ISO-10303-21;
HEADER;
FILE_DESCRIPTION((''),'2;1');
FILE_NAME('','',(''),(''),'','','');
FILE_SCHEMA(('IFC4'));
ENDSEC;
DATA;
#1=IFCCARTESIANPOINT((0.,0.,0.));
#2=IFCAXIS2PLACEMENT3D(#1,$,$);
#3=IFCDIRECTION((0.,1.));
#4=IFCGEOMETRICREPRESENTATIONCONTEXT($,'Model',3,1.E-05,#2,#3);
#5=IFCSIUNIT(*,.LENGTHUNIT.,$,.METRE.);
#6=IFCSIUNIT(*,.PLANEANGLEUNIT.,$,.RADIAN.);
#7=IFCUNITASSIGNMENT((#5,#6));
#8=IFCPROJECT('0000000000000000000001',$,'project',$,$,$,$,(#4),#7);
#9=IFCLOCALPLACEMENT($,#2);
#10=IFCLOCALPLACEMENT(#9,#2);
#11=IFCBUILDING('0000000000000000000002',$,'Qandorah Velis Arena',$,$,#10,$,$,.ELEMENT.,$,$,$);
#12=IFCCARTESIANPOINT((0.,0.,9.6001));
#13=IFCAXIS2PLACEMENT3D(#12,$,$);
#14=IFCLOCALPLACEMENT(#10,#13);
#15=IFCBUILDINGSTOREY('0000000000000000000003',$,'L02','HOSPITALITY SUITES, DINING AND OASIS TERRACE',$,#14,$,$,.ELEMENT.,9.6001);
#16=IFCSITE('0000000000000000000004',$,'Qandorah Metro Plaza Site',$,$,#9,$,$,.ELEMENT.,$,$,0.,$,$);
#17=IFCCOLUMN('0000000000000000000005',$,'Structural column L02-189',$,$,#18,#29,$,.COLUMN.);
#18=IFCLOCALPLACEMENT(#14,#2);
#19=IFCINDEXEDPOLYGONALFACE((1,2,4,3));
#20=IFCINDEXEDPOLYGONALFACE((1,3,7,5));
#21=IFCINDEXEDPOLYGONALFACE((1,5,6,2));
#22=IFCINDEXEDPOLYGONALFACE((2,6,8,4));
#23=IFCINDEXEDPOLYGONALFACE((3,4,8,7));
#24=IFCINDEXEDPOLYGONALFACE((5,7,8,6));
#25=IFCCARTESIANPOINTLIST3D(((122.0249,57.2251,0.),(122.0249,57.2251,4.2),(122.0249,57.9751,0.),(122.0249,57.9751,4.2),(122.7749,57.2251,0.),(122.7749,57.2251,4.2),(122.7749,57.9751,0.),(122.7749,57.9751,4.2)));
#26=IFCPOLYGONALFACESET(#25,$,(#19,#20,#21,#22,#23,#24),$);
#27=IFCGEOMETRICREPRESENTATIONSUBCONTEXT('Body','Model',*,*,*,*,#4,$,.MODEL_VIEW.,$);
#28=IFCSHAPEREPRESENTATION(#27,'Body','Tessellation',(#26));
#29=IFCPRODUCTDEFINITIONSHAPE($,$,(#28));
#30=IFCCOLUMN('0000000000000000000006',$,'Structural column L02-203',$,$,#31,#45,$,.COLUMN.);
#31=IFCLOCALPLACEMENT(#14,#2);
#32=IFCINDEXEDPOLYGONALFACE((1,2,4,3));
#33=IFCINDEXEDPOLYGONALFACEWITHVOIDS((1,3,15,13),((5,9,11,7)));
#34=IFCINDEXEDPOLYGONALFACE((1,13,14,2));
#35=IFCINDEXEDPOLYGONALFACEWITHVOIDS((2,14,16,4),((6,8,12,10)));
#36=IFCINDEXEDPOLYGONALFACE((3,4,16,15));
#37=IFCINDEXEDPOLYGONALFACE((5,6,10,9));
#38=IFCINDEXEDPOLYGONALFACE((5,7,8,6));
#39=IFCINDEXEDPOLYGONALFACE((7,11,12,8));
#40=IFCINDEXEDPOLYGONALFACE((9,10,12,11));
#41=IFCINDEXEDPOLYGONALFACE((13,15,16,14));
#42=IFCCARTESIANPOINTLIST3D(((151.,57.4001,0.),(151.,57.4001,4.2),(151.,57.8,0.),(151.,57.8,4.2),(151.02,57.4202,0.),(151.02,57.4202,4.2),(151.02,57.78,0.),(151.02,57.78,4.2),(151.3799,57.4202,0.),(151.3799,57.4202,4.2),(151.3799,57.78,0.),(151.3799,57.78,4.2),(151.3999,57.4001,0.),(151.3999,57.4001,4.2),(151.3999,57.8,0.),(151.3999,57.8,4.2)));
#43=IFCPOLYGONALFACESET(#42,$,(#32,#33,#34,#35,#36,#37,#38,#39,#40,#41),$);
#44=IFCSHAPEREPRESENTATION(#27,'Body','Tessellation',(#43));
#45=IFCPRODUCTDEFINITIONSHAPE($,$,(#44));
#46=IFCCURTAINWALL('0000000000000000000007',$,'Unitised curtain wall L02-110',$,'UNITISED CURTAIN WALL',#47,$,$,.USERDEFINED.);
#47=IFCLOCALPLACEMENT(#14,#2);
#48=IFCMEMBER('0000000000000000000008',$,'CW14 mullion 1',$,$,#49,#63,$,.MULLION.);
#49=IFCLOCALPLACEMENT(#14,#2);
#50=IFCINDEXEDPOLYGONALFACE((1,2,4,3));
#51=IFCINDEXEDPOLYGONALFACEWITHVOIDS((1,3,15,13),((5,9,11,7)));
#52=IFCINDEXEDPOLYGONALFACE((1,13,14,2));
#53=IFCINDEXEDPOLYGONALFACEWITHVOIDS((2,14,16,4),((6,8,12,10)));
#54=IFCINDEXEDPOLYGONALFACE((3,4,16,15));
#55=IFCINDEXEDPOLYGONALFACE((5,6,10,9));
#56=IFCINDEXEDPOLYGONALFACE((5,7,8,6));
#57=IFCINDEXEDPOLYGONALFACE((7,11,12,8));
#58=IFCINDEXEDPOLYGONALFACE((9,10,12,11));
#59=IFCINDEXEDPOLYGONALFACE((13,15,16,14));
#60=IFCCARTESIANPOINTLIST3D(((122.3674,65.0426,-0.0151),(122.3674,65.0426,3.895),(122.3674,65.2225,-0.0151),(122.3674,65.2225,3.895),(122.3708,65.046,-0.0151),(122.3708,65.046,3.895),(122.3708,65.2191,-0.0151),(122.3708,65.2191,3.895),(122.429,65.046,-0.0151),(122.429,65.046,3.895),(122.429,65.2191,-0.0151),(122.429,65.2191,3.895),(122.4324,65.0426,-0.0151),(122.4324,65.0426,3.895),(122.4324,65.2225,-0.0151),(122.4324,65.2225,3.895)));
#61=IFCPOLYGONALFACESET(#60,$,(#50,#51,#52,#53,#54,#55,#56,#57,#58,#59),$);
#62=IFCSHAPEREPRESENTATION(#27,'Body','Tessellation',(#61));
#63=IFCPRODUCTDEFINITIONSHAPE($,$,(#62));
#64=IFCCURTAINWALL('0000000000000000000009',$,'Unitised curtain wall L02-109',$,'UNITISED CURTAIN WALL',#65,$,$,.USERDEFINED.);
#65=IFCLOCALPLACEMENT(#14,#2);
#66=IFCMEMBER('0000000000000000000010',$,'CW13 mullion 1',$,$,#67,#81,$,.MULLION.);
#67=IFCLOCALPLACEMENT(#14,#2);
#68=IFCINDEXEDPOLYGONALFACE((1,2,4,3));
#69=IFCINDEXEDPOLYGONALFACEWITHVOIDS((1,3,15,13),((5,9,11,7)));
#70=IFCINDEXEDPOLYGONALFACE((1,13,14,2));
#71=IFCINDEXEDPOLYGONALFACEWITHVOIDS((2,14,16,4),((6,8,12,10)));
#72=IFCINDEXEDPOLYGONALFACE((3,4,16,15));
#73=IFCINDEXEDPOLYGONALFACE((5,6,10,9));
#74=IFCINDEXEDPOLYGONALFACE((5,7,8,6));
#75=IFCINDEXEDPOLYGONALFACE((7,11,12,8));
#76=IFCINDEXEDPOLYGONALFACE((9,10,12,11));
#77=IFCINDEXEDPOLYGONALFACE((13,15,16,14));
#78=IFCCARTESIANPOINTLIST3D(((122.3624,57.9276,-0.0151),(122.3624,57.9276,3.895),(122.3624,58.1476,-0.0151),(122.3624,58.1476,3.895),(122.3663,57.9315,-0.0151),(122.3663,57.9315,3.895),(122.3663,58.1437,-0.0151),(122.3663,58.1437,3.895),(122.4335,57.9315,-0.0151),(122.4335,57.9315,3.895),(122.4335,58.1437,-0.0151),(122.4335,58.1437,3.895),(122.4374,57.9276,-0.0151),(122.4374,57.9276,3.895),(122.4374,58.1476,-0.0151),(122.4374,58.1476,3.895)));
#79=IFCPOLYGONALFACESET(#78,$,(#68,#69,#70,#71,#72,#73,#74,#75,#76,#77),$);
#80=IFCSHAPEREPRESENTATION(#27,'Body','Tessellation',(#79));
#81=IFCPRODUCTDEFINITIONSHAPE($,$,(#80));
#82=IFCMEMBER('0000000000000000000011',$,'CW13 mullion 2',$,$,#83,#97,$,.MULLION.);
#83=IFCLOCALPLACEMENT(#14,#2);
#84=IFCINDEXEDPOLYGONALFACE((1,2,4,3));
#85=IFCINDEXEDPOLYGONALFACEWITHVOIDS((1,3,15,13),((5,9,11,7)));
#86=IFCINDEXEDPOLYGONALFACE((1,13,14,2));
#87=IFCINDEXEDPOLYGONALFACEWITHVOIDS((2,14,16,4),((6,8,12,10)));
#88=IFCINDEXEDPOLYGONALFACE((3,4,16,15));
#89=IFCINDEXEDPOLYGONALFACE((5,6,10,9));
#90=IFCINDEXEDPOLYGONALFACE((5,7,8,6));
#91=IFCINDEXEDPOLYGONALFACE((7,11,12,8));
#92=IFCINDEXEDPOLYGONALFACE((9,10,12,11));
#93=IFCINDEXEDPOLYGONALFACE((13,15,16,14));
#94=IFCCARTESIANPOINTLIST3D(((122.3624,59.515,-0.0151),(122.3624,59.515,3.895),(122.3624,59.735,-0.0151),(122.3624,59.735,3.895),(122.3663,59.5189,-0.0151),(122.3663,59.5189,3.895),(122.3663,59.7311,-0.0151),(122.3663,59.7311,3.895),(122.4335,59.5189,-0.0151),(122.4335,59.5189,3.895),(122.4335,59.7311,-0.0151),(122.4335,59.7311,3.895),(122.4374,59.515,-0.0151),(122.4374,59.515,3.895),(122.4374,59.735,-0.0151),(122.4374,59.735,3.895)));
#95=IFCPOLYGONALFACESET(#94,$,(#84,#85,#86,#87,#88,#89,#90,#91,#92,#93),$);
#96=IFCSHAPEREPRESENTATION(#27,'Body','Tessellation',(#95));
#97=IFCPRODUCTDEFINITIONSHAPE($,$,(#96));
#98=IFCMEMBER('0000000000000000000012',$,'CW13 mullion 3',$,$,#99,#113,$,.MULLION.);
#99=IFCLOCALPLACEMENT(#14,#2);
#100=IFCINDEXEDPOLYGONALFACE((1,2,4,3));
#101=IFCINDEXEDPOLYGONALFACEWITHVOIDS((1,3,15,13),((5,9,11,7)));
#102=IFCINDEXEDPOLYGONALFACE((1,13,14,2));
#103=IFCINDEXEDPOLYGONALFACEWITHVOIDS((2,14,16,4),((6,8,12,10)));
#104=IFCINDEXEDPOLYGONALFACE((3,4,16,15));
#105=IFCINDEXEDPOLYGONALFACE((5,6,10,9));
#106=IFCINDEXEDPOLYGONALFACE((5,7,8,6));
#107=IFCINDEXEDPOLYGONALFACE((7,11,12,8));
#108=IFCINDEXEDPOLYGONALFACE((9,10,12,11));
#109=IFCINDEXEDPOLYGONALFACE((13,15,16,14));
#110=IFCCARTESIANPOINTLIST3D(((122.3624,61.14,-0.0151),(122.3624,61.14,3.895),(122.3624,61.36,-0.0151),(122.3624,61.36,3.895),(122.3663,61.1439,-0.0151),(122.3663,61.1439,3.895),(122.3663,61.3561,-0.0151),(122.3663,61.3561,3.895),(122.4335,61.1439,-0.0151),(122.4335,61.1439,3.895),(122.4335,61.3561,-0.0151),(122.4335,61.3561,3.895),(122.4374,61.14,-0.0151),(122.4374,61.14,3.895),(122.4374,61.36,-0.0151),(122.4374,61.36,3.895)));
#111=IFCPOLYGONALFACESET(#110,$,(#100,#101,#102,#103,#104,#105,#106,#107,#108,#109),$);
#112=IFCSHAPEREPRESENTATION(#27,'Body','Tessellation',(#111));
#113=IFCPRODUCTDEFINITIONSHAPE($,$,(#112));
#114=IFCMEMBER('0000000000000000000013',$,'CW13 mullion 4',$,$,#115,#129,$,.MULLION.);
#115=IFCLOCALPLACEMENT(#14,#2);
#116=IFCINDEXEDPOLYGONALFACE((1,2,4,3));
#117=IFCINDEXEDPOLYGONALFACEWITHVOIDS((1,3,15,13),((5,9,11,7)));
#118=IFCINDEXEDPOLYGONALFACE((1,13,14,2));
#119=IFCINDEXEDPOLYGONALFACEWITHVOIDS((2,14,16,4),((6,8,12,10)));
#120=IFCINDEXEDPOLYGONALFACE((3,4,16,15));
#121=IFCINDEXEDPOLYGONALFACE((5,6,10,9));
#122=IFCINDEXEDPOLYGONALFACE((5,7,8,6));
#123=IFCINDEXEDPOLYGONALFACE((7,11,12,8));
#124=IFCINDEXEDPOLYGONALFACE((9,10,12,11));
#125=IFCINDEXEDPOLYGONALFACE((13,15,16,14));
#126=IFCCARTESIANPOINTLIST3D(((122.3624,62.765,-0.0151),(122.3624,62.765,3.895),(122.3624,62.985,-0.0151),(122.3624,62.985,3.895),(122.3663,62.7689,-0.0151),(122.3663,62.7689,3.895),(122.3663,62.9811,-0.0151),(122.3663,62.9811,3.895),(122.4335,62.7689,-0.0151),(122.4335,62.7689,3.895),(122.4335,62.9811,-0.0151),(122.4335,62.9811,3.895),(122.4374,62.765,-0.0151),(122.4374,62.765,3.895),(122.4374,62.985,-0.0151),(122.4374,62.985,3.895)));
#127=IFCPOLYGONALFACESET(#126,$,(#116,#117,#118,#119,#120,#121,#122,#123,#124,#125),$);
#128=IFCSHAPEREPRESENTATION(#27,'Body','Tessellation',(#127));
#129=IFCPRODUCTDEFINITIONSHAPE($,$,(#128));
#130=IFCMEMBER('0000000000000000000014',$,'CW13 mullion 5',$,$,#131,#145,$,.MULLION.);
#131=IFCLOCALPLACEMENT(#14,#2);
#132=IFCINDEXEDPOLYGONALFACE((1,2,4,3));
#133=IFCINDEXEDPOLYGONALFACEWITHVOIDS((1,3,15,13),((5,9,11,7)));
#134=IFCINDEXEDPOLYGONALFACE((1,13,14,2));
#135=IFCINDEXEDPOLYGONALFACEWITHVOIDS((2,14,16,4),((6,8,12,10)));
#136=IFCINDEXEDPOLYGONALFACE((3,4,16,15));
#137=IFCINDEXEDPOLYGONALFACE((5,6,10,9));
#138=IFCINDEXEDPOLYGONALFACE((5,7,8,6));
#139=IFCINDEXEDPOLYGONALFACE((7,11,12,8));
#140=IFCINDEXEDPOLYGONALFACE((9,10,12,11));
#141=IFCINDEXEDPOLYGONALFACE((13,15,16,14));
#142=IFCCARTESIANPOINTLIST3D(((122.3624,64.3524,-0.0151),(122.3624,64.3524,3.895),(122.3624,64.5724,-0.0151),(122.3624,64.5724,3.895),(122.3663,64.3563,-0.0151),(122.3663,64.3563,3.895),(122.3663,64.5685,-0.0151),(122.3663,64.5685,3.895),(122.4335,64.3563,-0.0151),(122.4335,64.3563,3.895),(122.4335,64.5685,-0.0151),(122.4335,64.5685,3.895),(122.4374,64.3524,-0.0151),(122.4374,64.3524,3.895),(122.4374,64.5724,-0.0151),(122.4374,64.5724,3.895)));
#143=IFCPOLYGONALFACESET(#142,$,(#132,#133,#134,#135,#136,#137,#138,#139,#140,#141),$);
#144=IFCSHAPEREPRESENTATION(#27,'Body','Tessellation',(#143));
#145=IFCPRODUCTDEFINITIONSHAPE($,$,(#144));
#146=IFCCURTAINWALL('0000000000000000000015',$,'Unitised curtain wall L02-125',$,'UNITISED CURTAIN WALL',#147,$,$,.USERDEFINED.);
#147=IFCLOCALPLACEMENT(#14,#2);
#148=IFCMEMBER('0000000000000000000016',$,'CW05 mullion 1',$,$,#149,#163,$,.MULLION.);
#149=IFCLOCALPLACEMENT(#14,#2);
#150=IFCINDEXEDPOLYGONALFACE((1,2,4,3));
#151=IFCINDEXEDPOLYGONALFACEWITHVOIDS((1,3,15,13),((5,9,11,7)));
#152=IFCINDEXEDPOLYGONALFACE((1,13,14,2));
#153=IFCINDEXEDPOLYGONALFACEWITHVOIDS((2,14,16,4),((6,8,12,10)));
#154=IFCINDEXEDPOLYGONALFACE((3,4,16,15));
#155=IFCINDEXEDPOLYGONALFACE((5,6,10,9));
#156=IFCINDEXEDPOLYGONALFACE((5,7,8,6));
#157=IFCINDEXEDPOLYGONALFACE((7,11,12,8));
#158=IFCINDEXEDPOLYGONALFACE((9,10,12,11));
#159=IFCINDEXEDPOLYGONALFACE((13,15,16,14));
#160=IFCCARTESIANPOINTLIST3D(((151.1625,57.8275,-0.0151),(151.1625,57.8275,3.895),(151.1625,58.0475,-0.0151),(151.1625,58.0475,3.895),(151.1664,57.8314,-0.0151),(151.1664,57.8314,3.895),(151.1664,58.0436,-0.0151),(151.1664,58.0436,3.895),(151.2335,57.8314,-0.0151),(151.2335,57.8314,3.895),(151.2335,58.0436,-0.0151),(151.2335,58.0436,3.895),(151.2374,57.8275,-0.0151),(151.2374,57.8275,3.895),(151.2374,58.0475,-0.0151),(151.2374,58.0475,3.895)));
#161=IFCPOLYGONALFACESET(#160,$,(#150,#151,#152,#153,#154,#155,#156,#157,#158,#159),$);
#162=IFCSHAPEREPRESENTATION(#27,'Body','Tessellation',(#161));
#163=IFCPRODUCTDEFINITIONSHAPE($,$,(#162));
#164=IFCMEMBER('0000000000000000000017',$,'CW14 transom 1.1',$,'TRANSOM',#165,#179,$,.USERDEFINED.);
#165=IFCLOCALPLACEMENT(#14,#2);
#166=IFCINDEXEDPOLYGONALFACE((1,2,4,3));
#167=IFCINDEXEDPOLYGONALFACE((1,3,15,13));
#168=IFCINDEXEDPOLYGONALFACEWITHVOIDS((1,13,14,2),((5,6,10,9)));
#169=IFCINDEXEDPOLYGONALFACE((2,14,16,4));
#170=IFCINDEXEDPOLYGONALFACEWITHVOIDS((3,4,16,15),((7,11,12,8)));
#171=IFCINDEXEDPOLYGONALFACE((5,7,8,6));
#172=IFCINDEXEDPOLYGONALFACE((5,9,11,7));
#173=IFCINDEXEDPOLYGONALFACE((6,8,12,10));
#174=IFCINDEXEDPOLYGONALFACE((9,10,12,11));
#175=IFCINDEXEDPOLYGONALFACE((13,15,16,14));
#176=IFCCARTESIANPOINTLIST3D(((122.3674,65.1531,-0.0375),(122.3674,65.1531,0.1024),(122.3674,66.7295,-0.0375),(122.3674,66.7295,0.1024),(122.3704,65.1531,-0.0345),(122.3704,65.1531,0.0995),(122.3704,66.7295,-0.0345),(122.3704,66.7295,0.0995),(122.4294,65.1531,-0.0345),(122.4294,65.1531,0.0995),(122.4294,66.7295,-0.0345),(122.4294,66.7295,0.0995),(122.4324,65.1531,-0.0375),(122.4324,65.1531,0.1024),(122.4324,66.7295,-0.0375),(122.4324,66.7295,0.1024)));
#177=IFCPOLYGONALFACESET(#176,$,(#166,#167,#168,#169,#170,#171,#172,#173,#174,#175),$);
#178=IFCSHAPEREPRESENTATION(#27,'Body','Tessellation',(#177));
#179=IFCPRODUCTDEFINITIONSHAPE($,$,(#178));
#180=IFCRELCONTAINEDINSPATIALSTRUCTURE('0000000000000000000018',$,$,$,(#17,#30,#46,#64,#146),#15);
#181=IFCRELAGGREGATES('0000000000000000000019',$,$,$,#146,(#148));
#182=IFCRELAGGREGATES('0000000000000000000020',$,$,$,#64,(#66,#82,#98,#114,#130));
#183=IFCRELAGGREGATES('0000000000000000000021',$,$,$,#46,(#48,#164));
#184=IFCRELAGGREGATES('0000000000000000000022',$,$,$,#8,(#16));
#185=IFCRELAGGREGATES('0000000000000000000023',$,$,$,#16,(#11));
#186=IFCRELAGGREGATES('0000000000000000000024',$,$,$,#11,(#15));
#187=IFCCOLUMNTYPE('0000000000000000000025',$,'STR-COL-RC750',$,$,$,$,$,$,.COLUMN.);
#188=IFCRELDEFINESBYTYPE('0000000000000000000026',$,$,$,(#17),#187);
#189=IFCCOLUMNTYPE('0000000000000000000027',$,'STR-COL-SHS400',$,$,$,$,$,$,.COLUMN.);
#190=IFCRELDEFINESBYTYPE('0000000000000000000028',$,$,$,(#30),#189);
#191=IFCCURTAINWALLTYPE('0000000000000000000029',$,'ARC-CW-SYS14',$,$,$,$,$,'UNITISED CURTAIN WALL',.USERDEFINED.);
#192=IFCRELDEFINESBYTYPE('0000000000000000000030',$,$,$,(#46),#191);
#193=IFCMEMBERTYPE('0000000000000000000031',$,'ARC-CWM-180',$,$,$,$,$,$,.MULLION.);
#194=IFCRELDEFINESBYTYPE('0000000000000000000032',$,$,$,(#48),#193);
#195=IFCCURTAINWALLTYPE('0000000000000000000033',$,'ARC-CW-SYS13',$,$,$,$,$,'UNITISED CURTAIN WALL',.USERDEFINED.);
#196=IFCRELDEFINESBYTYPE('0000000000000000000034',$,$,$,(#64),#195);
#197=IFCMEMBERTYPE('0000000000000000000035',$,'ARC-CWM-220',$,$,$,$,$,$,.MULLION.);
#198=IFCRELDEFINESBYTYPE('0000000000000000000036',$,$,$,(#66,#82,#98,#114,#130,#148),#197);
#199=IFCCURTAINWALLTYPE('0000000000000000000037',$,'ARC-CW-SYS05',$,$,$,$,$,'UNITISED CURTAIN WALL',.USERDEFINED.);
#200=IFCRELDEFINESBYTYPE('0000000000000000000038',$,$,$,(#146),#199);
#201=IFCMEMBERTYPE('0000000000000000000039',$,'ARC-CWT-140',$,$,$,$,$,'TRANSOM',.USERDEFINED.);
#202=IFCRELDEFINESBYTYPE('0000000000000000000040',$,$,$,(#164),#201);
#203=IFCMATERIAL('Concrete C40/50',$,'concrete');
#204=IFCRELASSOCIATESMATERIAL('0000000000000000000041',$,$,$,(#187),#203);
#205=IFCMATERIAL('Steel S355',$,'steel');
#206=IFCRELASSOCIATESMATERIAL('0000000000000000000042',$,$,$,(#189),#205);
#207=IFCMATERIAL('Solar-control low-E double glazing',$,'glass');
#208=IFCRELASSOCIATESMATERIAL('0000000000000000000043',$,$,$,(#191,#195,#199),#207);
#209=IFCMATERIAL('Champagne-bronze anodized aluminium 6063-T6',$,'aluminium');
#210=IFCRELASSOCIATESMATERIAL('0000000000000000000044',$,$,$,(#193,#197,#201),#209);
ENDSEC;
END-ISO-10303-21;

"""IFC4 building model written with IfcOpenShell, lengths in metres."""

from ifc_helpers import new_model, si_unit, direction, frame, origin, origin_2d, place, context, subcontext, project, spatial, rectangle, hollow_rectangle, extrude, material, material_profile, profile_set, type_object, element, aggregate, save


model = new_model("IFC4")

# Units and contexts
model_context = context("Model", 3, precision=1e-05, world=origin(), true_north=direction((0.0, 1.0)))
body_context = subcontext(model_context, "Body", "Model", "MODEL_VIEW")
ifc_project = project(units=[si_unit("LENGTHUNIT", "METRE"), si_unit("PLANEANGLEUNIT", "RADIAN")], contexts=[model_context])

# Site, building, storey
site_placement = place(None, origin())
site = spatial("IfcSite", under=ifc_project, at=site_placement, Name="Qandorah Metro Plaza Site", CompositionType="ELEMENT", RefElevation=0.0)
building_placement = place(site_placement, origin())
building = spatial("IfcBuilding", under=site, at=building_placement, Name="Qandorah Velis Arena", CompositionType="ELEMENT")
storey_placement = place(building_placement, frame((0.0, 0.0, 9.6001)))
storey = spatial("IfcBuildingStorey", under=building, at=storey_placement, Name="L02", Description="HOSPITALITY SUITES, DINING AND OASIS TERRACE", CompositionType="ELEMENT", Elevation=9.6001)

# Columns
ifc_material_1 = material(Name="Concrete C40/50", Category="concrete")
ifc_material_profile_1 = material_profile(ifc_material_1, rectangle(XDim=0.75, YDim=0.75, at=origin_2d()), Name="RC COL 750x750")
ifc_profile_set_1 = profile_set([ifc_material_profile_1], Name="Concrete C40/50")
column_type_1 = type_object("IfcColumnType", Name="STR-COL-RC750", PredefinedType="COLUMN", material=ifc_profile_set_1)
column_1_placement = place(storey_placement, frame((122.3999, 57.6001, 0.0), z_axis=(0.0, 0.0, 1.0), x_axis=(1.0, 0.0, 0.0)))
element("IfcColumn", 1, at=column_1_placement, inside=storey, type_object=column_type_1, Name="Structural column L02-189", PredefinedType="COLUMN", context=body_context, shape_type="SweptSolid", body=[
    extrude(rectangle(XDim=0.75, YDim=0.75, at=origin_2d()), origin(), (0.0, 0.0, 1.0), 4.2),
])
ifc_material_2 = material(Name="Steel S355", Category="steel")
ifc_material_profile_2 = material_profile(ifc_material_2, hollow_rectangle(XDim=0.3999, YDim=0.3999, WallThickness=0.02, at=origin_2d()), Name="SHS 400x400x20")
ifc_profile_set_2 = profile_set([ifc_material_profile_2], Name="Steel S355")
column_type_2 = type_object("IfcColumnType", Name="STR-COL-SHS400", PredefinedType="COLUMN", material=ifc_profile_set_2)
column_2_placement = place(storey_placement, frame((151.2, 57.6001, 0.0), z_axis=(0.0, 0.0, 1.0), x_axis=(1.0, 0.0, 0.0)))
element("IfcColumn", 2, at=column_2_placement, inside=storey, type_object=column_type_2, Name="Structural column L02-203", PredefinedType="COLUMN", context=body_context, shape_type="SweptSolid", body=[
    extrude(hollow_rectangle(XDim=0.3999, YDim=0.3999, WallThickness=0.02, at=origin_2d()), origin(), (0.0, 0.0, 1.0), 4.2),
])

# Curtain wall, member
ifc_material_3 = material(Name="Solar-control low-E double glazing", Category="glass")
curtain_wall_type_1 = type_object("IfcCurtainWallType", Name="ARC-CW-SYS14", ElementType="UNITISED CURTAIN WALL", PredefinedType="USERDEFINED", material=ifc_material_3)
curtain_wall_1_placement = place(storey_placement, origin())
curtain_wall_1 = element("IfcCurtainWall", 3, at=curtain_wall_1_placement, inside=storey, type_object=curtain_wall_type_1, Name="Unitised curtain wall L02-110", ObjectType="UNITISED CURTAIN WALL", PredefinedType="USERDEFINED")
ifc_material_4 = material(Name="Champagne-bronze anodized aluminium 6063-T6", Category="aluminium")
ifc_material_profile_3 = material_profile(ifc_material_4, hollow_rectangle(XDim=0.0649, YDim=0.1799, WallThickness=0.0034, at=origin_2d()), Name="ALU MULLION 65x180")
ifc_profile_set_3 = profile_set([ifc_material_profile_3], Name="Champagne-bronze anodized aluminium 6063-T6")
member_type_1 = type_object("IfcMemberType", Name="ARC-CWM-180", PredefinedType="MULLION", material=ifc_profile_set_3)
member_1_placement = place(storey_placement, frame((122.3999, 65.1326, -0.0151), z_axis=(0.0, 0.0, 1.0), x_axis=(-1.0, 0.0, 0.0)))
member_1 = element("IfcMember", 4, at=member_1_placement, type_object=member_type_1, Name="CW14 mullion 1", PredefinedType="MULLION", context=body_context, shape_type="SweptSolid", body=[
    extrude(hollow_rectangle(XDim=0.0649, YDim=0.1799, WallThickness=0.0034, at=origin_2d()), origin(), (0.0, 0.0, 1.0), 3.9102),
])

# Curtain wall, members
curtain_wall_type_2 = type_object("IfcCurtainWallType", Name="ARC-CW-SYS13", ElementType="UNITISED CURTAIN WALL", PredefinedType="USERDEFINED", material=ifc_material_3)
curtain_wall_2_placement = place(storey_placement, origin())
curtain_wall_2 = element("IfcCurtainWall", 5, at=curtain_wall_2_placement, inside=storey, type_object=curtain_wall_type_2, Name="Unitised curtain wall L02-109", ObjectType="UNITISED CURTAIN WALL", PredefinedType="USERDEFINED")
ifc_material_profile_4 = material_profile(ifc_material_4, hollow_rectangle(XDim=0.075, YDim=0.22, WallThickness=0.0039, at=origin_2d()), Name="ALU MULLION 75x220")
ifc_profile_set_4 = profile_set([ifc_material_profile_4], Name="Champagne-bronze anodized aluminium 6063-T6")
member_type_2 = type_object("IfcMemberType", Name="ARC-CWM-220", PredefinedType="MULLION", material=ifc_profile_set_4)
member_2_placement = place(storey_placement, frame((122.3999, 58.0376, -0.0151), z_axis=(0.0, 0.0, 1.0), x_axis=(-1.0, 0.0, 0.0)))
member_2 = element("IfcMember", 6, at=member_2_placement, type_object=member_type_2, Name="CW13 mullion 1", PredefinedType="MULLION", context=body_context, shape_type="SweptSolid", body=[
    extrude(hollow_rectangle(XDim=0.075, YDim=0.22, WallThickness=0.0039, at=origin_2d()), origin(), (0.0, 0.0, 1.0), 3.9102),
])
member_3_placement = place(storey_placement, frame((122.3999, 59.625, -0.0151), z_axis=(0.0, 0.0, 1.0), x_axis=(-1.0, 0.0, 0.0)))
member_3 = element("IfcMember", 7, at=member_3_placement, type_object=member_type_2, Name="CW13 mullion 2", PredefinedType="MULLION", context=body_context, shape_type="SweptSolid", body=[
    extrude(hollow_rectangle(XDim=0.075, YDim=0.22, WallThickness=0.0039, at=origin_2d()), origin(), (0.0, 0.0, 1.0), 3.9102),
])
member_4_placement = place(storey_placement, frame((122.3999, 61.25, -0.0151), z_axis=(0.0, 0.0, 1.0), x_axis=(-1.0, 0.0, 0.0)))
member_4 = element("IfcMember", 8, at=member_4_placement, type_object=member_type_2, Name="CW13 mullion 3", PredefinedType="MULLION", context=body_context, shape_type="SweptSolid", body=[
    extrude(hollow_rectangle(XDim=0.075, YDim=0.22, WallThickness=0.0039, at=origin_2d()), origin(), (0.0, 0.0, 1.0), 3.9102),
])
member_5_placement = place(storey_placement, frame((122.3999, 62.875, -0.0151), z_axis=(0.0, 0.0, 1.0), x_axis=(-1.0, 0.0, 0.0)))
member_5 = element("IfcMember", 9, at=member_5_placement, type_object=member_type_2, Name="CW13 mullion 4", PredefinedType="MULLION", context=body_context, shape_type="SweptSolid", body=[
    extrude(hollow_rectangle(XDim=0.075, YDim=0.22, WallThickness=0.0039, at=origin_2d()), origin(), (0.0, 0.0, 1.0), 3.9102),
])
member_6_placement = place(storey_placement, frame((122.3999, 64.4624, -0.0151), z_axis=(0.0, 0.0, 1.0), x_axis=(-1.0, 0.0, 0.0)))
member_6 = element("IfcMember", 10, at=member_6_placement, type_object=member_type_2, Name="CW13 mullion 5", PredefinedType="MULLION", context=body_context, shape_type="SweptSolid", body=[
    extrude(hollow_rectangle(XDim=0.075, YDim=0.22, WallThickness=0.0039, at=origin_2d()), origin(), (0.0, 0.0, 1.0), 3.9102),
])

# Curtain wall, member
curtain_wall_type_3 = type_object("IfcCurtainWallType", Name="ARC-CW-SYS05", ElementType="UNITISED CURTAIN WALL", PredefinedType="USERDEFINED", material=ifc_material_3)
curtain_wall_3_placement = place(storey_placement, origin())
curtain_wall_3 = element("IfcCurtainWall", 11, at=curtain_wall_3_placement, inside=storey, type_object=curtain_wall_type_3, Name="Unitised curtain wall L02-125", ObjectType="UNITISED CURTAIN WALL", PredefinedType="USERDEFINED")
member_7_placement = place(storey_placement, frame((151.2, 57.9375, -0.0151), z_axis=(0.0, 0.0, 1.0), x_axis=(-1.0, 0.0, 0.0)))
member_7 = element("IfcMember", 12, at=member_7_placement, type_object=member_type_2, Name="CW05 mullion 1", PredefinedType="MULLION", context=body_context, shape_type="SweptSolid", body=[
    extrude(hollow_rectangle(XDim=0.075, YDim=0.22, WallThickness=0.0039, at=origin_2d()), origin(), (0.0, 0.0, 1.0), 3.9102),
])

# Member
ifc_material_profile_5 = material_profile(ifc_material_4, hollow_rectangle(XDim=0.0649, YDim=0.1399, WallThickness=0.0029, at=origin_2d()), Name="ALU TRANSOM 65x140")
ifc_profile_set_5 = profile_set([ifc_material_profile_5], Name="Champagne-bronze anodized aluminium 6063-T6")
member_type_3 = type_object("IfcMemberType", Name="ARC-CWT-140", ElementType="TRANSOM", PredefinedType="USERDEFINED", material=ifc_profile_set_5)
member_8_placement = place(storey_placement, frame((122.3999, 65.1531, 0.0325), z_axis=(0.0, 1.0, 0.0), x_axis=(-1.0, 0.0, 0.0)))
member_8 = element("IfcMember", 13, at=member_8_placement, type_object=member_type_3, Name="CW14 transom 1.1", ObjectType="TRANSOM", PredefinedType="USERDEFINED", context=body_context, shape_type="SweptSolid", body=[
    extrude(hollow_rectangle(XDim=0.0649, YDim=0.1399, WallThickness=0.0029, at=origin_2d()), origin(), (0.0, 0.0, 1.0), 1.5764),
])
aggregate(curtain_wall_3, [member_7])

aggregate(curtain_wall_2, [member_2, member_3, member_4, member_5, member_6])
aggregate(curtain_wall_1, [member_1, member_8])

save(model, "model.ifc")
